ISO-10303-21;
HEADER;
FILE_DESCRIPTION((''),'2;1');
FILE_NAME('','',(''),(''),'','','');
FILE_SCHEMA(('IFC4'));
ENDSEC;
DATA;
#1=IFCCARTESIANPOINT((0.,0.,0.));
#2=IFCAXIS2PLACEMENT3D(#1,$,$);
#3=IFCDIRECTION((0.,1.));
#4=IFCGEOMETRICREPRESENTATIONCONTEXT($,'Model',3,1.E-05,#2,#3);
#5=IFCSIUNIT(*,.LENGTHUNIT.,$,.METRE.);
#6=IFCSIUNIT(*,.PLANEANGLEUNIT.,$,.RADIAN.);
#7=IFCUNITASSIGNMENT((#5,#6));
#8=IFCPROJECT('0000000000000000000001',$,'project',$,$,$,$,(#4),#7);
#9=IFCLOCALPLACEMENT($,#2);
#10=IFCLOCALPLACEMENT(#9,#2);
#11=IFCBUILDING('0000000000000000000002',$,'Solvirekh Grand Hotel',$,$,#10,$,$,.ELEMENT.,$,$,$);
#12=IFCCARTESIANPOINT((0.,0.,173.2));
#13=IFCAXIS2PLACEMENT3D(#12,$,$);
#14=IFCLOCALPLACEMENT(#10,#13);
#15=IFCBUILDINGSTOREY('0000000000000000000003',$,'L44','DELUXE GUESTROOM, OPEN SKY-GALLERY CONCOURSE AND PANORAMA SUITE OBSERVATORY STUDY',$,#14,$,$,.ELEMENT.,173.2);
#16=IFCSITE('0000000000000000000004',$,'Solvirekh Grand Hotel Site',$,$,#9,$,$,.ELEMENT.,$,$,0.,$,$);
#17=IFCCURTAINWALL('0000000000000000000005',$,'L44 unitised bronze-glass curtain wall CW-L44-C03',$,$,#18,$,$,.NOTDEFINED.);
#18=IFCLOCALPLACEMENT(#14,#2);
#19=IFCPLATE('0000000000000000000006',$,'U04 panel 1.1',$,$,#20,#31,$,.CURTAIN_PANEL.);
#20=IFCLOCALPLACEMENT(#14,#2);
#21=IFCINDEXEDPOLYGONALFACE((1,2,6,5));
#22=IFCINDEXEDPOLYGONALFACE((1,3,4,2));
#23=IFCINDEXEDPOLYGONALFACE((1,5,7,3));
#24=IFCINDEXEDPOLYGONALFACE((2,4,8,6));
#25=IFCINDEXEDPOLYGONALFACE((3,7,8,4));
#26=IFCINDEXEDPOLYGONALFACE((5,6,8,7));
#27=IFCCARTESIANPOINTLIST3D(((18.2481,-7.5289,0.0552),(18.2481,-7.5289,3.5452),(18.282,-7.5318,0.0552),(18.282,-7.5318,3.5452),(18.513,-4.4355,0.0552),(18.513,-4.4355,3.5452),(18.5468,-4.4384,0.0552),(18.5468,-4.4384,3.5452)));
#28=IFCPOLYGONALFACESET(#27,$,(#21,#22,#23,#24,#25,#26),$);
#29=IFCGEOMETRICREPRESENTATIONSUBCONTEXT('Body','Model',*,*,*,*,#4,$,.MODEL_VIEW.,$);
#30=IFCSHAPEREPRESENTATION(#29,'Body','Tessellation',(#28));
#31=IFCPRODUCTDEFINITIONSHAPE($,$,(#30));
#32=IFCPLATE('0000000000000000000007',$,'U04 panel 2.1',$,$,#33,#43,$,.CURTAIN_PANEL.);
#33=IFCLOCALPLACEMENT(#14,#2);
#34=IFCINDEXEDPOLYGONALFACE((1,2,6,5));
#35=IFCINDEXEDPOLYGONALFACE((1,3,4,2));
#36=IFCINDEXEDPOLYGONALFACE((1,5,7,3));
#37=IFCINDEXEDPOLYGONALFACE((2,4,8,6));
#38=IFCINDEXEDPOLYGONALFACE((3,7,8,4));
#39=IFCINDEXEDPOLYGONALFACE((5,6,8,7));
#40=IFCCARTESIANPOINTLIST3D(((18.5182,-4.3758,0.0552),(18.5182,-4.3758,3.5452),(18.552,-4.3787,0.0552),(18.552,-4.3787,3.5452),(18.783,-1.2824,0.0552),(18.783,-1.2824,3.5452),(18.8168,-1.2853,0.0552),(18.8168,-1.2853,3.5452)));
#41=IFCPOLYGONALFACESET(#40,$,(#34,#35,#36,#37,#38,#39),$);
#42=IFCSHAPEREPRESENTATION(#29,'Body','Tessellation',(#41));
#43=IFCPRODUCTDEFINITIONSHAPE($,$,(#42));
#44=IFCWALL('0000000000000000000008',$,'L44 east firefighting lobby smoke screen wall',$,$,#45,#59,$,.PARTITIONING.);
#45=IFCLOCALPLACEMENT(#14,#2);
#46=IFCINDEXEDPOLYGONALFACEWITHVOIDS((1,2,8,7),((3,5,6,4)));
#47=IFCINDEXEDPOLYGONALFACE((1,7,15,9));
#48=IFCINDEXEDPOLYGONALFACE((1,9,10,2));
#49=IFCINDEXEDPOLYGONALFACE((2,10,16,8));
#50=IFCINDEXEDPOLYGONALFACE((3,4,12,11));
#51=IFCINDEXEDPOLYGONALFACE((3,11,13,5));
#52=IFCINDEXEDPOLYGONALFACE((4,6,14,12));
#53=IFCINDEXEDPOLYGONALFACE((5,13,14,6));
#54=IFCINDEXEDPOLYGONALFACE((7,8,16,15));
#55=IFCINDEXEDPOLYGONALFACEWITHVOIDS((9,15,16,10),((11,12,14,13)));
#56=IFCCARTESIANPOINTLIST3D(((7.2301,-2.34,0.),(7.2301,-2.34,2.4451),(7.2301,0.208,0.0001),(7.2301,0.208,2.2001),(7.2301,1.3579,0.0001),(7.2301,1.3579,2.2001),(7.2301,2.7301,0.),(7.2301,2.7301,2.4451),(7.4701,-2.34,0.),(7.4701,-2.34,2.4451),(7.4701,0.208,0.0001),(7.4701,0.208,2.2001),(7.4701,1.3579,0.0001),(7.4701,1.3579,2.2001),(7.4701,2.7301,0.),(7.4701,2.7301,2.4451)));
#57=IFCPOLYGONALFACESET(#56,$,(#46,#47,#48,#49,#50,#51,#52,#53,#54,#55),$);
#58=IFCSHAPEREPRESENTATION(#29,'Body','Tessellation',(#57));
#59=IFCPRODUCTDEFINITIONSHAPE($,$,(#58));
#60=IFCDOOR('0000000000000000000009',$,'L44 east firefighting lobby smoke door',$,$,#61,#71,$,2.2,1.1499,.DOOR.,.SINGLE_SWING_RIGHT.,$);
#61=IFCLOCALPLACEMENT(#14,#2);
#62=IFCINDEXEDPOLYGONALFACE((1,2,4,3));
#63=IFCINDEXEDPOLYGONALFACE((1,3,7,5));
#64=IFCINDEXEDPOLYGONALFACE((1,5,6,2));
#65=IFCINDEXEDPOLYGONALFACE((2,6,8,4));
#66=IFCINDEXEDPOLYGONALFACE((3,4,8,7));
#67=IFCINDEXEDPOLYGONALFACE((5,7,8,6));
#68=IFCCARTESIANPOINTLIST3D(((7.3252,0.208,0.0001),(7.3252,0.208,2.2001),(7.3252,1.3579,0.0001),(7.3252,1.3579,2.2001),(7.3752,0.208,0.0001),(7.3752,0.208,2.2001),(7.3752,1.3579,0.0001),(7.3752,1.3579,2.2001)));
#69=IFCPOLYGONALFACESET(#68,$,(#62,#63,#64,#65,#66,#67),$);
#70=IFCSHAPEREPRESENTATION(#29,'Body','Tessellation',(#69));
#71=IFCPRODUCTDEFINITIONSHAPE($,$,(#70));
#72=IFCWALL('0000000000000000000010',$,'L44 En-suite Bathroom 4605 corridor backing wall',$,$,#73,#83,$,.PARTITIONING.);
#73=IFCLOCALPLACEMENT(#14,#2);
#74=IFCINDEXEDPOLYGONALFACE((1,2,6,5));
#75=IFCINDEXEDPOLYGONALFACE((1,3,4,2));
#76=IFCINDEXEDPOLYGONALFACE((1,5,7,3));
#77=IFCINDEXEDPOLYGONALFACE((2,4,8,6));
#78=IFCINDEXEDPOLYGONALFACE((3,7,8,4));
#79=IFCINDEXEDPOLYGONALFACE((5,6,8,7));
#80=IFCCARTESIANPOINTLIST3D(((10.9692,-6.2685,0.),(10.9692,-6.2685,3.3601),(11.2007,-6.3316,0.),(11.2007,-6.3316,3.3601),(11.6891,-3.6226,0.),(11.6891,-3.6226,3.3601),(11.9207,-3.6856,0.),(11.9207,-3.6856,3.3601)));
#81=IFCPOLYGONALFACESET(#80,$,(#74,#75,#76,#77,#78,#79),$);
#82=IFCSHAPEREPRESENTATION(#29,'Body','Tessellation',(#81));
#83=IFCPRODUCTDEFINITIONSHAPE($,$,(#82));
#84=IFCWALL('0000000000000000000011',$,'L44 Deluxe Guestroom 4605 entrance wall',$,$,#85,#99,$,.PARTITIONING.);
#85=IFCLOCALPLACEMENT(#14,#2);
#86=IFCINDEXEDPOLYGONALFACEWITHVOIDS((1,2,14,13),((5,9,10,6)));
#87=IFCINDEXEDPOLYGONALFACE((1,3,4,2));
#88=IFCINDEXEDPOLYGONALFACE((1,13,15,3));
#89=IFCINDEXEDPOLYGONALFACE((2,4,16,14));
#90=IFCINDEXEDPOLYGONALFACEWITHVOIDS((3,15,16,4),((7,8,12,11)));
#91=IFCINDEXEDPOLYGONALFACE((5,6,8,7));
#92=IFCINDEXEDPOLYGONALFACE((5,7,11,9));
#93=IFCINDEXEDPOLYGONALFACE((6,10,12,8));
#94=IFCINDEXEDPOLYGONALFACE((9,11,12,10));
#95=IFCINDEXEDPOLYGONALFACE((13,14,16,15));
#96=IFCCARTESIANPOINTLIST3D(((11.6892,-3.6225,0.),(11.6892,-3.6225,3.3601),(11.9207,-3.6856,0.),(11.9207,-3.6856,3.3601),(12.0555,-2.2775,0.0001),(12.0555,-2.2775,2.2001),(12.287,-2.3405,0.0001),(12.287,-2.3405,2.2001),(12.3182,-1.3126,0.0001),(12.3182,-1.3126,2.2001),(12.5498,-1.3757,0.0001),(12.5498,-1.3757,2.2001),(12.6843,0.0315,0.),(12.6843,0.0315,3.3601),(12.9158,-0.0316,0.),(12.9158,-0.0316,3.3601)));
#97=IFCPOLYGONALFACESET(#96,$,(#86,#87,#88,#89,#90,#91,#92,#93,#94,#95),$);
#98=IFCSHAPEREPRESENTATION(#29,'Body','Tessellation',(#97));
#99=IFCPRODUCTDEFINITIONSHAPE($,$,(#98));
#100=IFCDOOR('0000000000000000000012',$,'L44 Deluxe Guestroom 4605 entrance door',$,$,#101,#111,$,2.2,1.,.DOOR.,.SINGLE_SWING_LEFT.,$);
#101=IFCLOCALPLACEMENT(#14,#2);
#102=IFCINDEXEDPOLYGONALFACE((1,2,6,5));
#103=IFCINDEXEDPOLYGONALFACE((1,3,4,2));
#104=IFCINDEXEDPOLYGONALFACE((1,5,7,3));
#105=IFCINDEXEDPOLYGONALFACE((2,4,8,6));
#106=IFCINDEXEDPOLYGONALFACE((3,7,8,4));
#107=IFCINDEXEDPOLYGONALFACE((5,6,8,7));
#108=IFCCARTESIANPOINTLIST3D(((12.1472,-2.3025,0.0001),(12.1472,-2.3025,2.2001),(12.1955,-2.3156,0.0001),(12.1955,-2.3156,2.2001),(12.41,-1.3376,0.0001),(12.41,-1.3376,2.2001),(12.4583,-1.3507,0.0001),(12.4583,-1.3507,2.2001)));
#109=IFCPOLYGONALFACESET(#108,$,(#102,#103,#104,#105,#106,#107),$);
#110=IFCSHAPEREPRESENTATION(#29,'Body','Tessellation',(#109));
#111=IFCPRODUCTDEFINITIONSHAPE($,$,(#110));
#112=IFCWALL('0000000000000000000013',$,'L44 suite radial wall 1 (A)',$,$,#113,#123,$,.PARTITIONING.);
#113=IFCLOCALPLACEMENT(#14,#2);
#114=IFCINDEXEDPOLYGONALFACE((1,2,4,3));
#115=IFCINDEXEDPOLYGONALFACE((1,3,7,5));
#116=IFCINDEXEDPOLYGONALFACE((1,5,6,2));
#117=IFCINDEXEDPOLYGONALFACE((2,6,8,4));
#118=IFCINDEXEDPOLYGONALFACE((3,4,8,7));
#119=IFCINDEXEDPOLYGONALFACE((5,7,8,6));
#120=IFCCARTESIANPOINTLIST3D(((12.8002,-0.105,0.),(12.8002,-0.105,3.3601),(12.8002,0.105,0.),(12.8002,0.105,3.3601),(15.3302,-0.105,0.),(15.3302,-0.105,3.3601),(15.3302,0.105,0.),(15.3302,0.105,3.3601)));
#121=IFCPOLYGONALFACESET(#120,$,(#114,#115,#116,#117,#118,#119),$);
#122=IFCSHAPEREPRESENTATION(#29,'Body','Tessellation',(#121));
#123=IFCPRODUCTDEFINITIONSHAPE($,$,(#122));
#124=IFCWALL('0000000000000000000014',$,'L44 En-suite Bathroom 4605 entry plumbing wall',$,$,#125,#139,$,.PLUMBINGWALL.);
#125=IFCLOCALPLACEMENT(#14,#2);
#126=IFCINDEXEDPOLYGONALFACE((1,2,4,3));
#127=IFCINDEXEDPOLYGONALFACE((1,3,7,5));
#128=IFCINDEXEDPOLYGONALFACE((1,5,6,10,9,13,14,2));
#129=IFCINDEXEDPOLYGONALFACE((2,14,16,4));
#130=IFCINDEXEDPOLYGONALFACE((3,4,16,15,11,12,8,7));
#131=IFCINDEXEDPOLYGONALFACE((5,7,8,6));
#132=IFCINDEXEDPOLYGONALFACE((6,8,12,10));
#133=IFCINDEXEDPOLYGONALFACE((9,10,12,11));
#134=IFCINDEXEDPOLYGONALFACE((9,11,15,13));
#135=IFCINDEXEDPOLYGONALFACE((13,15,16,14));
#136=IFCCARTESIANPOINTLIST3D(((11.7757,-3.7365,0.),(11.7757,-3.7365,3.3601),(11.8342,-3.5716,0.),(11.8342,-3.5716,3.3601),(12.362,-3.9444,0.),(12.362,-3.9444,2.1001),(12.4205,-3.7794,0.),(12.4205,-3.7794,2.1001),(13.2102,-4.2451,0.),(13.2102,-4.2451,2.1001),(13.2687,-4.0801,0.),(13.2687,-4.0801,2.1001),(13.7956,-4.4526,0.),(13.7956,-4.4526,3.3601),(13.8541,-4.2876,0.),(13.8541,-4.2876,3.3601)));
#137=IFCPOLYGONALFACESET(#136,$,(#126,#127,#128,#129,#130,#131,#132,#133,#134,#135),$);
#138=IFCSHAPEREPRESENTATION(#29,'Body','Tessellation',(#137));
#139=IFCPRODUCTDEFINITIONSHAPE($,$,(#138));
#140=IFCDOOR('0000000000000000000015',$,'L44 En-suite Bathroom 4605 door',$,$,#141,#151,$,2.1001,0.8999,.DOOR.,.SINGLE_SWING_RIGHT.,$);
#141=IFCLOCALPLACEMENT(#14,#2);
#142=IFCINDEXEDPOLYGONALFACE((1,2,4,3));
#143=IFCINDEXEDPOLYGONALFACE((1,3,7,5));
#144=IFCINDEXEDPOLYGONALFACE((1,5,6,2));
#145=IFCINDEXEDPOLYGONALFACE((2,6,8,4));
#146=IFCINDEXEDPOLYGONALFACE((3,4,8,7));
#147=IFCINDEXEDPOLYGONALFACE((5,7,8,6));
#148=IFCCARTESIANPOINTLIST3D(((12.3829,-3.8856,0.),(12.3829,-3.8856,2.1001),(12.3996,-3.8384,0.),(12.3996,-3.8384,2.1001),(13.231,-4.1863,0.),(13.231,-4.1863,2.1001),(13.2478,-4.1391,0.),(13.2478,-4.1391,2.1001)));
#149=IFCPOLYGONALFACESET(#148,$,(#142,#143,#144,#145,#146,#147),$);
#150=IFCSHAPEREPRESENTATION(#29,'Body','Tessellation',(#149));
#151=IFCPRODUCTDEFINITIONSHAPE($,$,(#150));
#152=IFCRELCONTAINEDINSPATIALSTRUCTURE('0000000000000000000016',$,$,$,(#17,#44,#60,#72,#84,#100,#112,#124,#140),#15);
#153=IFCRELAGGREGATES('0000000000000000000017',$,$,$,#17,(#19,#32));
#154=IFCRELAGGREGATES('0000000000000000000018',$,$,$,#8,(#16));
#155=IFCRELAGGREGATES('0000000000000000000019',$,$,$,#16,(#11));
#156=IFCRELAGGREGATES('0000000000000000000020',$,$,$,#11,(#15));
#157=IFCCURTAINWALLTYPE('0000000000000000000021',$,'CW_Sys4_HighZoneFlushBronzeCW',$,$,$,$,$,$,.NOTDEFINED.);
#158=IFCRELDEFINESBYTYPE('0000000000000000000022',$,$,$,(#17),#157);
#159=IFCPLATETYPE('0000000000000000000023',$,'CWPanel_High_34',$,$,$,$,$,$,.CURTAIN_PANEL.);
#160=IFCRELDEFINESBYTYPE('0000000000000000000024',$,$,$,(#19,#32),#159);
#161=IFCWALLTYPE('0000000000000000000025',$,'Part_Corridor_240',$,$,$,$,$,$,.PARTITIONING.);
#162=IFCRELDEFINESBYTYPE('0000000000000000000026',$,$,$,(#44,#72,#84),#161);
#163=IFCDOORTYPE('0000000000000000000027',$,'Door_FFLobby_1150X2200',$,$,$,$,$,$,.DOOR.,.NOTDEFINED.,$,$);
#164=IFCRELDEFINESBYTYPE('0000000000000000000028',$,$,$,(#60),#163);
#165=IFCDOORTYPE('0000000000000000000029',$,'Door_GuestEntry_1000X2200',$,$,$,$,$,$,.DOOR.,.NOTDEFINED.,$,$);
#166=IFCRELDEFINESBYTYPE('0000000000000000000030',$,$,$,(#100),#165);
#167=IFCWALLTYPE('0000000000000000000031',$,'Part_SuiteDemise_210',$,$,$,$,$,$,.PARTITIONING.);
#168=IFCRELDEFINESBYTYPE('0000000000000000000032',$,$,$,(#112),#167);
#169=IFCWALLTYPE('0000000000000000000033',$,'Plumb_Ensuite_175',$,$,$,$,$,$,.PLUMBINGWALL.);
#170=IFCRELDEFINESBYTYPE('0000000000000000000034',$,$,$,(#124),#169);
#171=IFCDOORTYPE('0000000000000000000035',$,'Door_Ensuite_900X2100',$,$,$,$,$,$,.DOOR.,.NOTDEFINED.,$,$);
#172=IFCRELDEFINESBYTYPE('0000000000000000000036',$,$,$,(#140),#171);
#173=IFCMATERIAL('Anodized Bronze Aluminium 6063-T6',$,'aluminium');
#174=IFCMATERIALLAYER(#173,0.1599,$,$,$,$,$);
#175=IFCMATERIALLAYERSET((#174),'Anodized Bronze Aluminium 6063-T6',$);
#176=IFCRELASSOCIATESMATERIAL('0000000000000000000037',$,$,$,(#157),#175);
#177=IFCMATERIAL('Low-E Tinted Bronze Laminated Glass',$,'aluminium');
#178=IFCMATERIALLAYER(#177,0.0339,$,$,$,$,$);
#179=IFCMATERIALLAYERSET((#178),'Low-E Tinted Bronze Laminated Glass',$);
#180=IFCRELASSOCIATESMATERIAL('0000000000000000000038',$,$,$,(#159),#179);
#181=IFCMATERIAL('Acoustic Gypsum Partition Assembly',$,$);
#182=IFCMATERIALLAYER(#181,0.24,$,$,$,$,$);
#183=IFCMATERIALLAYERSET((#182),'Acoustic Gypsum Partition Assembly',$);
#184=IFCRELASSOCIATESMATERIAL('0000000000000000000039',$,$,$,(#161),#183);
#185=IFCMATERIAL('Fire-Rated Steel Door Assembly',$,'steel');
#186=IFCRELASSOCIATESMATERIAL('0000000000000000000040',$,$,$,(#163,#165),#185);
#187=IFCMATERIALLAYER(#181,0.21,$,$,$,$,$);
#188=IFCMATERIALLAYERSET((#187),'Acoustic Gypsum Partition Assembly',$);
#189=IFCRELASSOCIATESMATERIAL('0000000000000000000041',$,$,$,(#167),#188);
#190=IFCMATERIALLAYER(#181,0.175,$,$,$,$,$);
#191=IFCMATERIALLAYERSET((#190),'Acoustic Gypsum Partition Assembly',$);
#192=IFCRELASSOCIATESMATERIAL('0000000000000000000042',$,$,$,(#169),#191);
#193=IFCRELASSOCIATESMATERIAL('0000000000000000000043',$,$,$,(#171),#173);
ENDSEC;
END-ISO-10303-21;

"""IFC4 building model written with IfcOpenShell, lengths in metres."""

from ifc_helpers import new_model, si_unit, direction, frame, frame_2d, origin, origin_2d, place, context, subcontext, project, spatial, rectangle, extrude, source, transform, mapped, material, layer, layer_set, type_object, element, fill, aggregate, save


model = new_model("IFC4")

# Units and contexts
model_context = context("Model", 3, precision=1e-05, world=origin(), true_north=direction((0.0, 1.0)))
body_context = subcontext(model_context, "Body", "Model", "MODEL_VIEW")
ifc_project = project(units=[si_unit("LENGTHUNIT", "METRE"), si_unit("PLANEANGLEUNIT", "RADIAN")], contexts=[model_context])

# Site, building, storey
site_placement = place(None, origin())
site = spatial("IfcSite", under=ifc_project, at=site_placement, Name="Solvirekh Grand Hotel Site", CompositionType="ELEMENT", RefElevation=0.0)
building_placement = place(site_placement, origin())
building = spatial("IfcBuilding", under=site, at=building_placement, Name="Solvirekh Grand Hotel", CompositionType="ELEMENT")
storey_placement = place(building_placement, frame((0.0, 0.0, 173.2)))
storey = spatial("IfcBuildingStorey", under=building, at=storey_placement, Name="L44", Description="DELUXE GUESTROOM, OPEN SKY-GALLERY CONCOURSE AND PANORAMA SUITE OBSERVATORY STUDY", CompositionType="ELEMENT", Elevation=173.2)

# Curtain wall, plates
ifc_material_1 = material(Name="Anodized Bronze Aluminium 6063-T6", Category="aluminium")
ifc_layer_1 = layer(ifc_material_1, 0.1599)
ifc_layer_set_1 = layer_set([ifc_layer_1], Name="Anodized Bronze Aluminium 6063-T6")
curtain_wall_type = type_object("IfcCurtainWallType", Name="CW_Sys4_HighZoneFlushBronzeCW", PredefinedType="NOTDEFINED", material=ifc_layer_set_1)
curtain_wall_placement = place(storey_placement, origin())
curtain_wall = element("IfcCurtainWall", 1, at=curtain_wall_placement, inside=storey, type_object=curtain_wall_type, Name="L44 unitised bronze-glass curtain wall CW-L44-C03", PredefinedType="NOTDEFINED")
ifc_material_2 = material(Name="Low-E Tinted Bronze Laminated Glass", Category="aluminium")
ifc_layer_2 = layer(ifc_material_2, 0.0339)
ifc_layer_set_2 = layer_set([ifc_layer_2], Name="Low-E Tinted Bronze Laminated Glass")
plate_type = type_object("IfcPlateType", Name="CWPanel_High_34", PredefinedType="CURTAIN_PANEL", material=ifc_layer_set_2)
shared_shape_1 = source(origin(), body_context, "Body", "SweptSolid", [
    extrude(rectangle(XDim=3.1047, YDim=0.0339, at=origin_2d()), origin(), (0.0, 0.0, 1.0), 3.49),
])
plate_1_placement = place(storey_placement, frame((18.3975, -5.9836, 0.0552), z_axis=(0.0, 0.0, 1.0), x_axis=(0.085299, 0.996355, 0.0)))
plate_1 = element("IfcPlate", 2, at=plate_1_placement, type_object=plate_type, Name="U04 panel 1.1", PredefinedType="CURTAIN_PANEL", context=body_context, shape_type="MappedRepresentation", body=[
    mapped(shared_shape_1, transform((0.0, 0.0, 0.0), x_axis=(1.0, 0.0, 0.0), y_axis=(0.0, 1.0, 0.0), z_axis=(0.0, 0.0, 1.0), scale=1.0)),
])
plate_2_placement = place(storey_placement, frame((18.6675, -2.8306, 0.0552), z_axis=(0.0, 0.0, 1.0), x_axis=(0.085299, 0.996355, 0.0)))
plate_2 = element("IfcPlate", 3, at=plate_2_placement, type_object=plate_type, Name="U04 panel 2.1", PredefinedType="CURTAIN_PANEL", context=body_context, shape_type="MappedRepresentation", body=[
    mapped(shared_shape_1, transform((0.0, 0.0, 0.0), x_axis=(1.0, 0.0, 0.0), y_axis=(0.0, 1.0, 0.0), z_axis=(0.0, 0.0, 1.0), scale=1.0)),
])
aggregate(curtain_wall, [plate_1, plate_2])

# Wall, opening, door
ifc_material_3 = material(Name="Acoustic Gypsum Partition Assembly")
ifc_layer_3 = layer(ifc_material_3, 0.24)
ifc_layer_set_3 = layer_set([ifc_layer_3], Name="Acoustic Gypsum Partition Assembly")
wall_type_1 = type_object("IfcWallType", Name="Part_Corridor_240", PredefinedType="PARTITIONING", material=ifc_layer_set_3)
wall_1_placement = place(storey_placement, frame((7.3501, -2.3401, 0.0), z_axis=(0.0, 0.0, 1.0), x_axis=(0.0, 1.0, 0.0)))
wall_1 = element("IfcWall", 4, at=wall_1_placement, inside=storey, type_object=wall_type_1, Name="L44 east firefighting lobby smoke screen wall", PredefinedType="PARTITIONING", context=body_context, shape_type="SweptSolid", body=[
    extrude(rectangle(XDim=5.0701, YDim=0.24, at=frame_2d((2.5352, 0.0))), origin(), (0.0, 0.0, 1.0), 2.4451),
])
opening_1_placement = place(wall_1_placement, frame((2.5481, 0.0, 0.0)))
opening_1 = element("IfcOpeningElement", 5, at=opening_1_placement, cuts=wall_1, PredefinedType="OPENING", context=body_context, shape_type="SweptSolid", body=[
    extrude(rectangle(XDim=1.1499, YDim=2.2, at=frame_2d((0.575, 1.1001))), frame((0.0, 0.1299, 0.0), z_axis=(0.0, -1.0, 0.0), x_axis=(1.0, 0.0, 0.0)), (0.0, 0.0, 1.0), 0.26),
])
ifc_material_4 = material(Name="Fire-Rated Steel Door Assembly", Category="steel")
door_type_1 = type_object("IfcDoorType", Name="Door_FFLobby_1150X2200", OperationType="NOTDEFINED", PredefinedType="DOOR", material=ifc_material_4)
door_1_placement = place(opening_1_placement, origin())
door_1 = element("IfcDoor", 6, at=door_1_placement, inside=storey, type_object=door_type_1, Name="L44 east firefighting lobby smoke door", OperationType="SINGLE_SWING_RIGHT", OverallHeight=2.2, OverallWidth=1.1499, PredefinedType="DOOR", context=body_context, shape_type="SweptSolid", body=[
    extrude(rectangle(XDim=1.1499, YDim=2.2, at=frame_2d((0.575, 1.1001))), frame((0.0, 0.0249, 0.0), z_axis=(0.0, -1.0, 0.0), x_axis=(1.0, 0.0, 0.0)), (0.0, 0.0, 1.0), 0.05),
])
fill(opening_1, door_1)

# Wall
wall_2_placement = place(storey_placement, frame((11.085, -6.3, 0.0), z_axis=(0.0, 0.0, 1.0), x_axis=(0.262552, 0.964918, 0.0)))
element("IfcWall", 7, at=wall_2_placement, inside=storey, type_object=wall_type_1, Name="L44 En-suite Bathroom 4605 corridor backing wall", PredefinedType="PARTITIONING", context=body_context, shape_type="SweptSolid", body=[
    extrude(rectangle(XDim=2.7422, YDim=0.24, at=frame_2d((1.3711, 0.0))), origin(), (0.0, 0.0, 1.0), 3.3601),
])

# Wall, opening, door
wall_3_placement = place(storey_placement, frame((11.8049, -3.6541, 0.0), z_axis=(0.0, 0.0, 1.0), x_axis=(0.262763, 0.96486, 0.0)))
wall_3 = element("IfcWall", 8, at=wall_3_placement, inside=storey, type_object=wall_type_1, Name="L44 Deluxe Guestroom 4605 entrance wall", PredefinedType="PARTITIONING", context=body_context, shape_type="SweptSolid", body=[
    extrude(rectangle(XDim=3.7871, YDim=0.24, at=frame_2d((1.8936, 0.0))), origin(), (0.0, 0.0, 1.0), 3.3601),
])
opening_2_placement = place(wall_3_placement, frame((1.394, 0.0, 0.0)))
opening_2 = element("IfcOpeningElement", 9, at=opening_2_placement, cuts=wall_3, PredefinedType="OPENING", context=body_context, shape_type="SweptSolid", body=[
    extrude(rectangle(XDim=1.0, YDim=2.2, at=frame_2d((0.5, 1.1001))), frame((0.0, 0.1299, 0.0), z_axis=(0.0, -1.0, 0.0), x_axis=(1.0, 0.0, 0.0)), (0.0, 0.0, 1.0), 0.26),
])
door_type_2 = type_object("IfcDoorType", Name="Door_GuestEntry_1000X2200", OperationType="NOTDEFINED", PredefinedType="DOOR", material=ifc_material_4)
door_2_placement = place(opening_2_placement, origin())
door_2 = element("IfcDoor", 10, at=door_2_placement, inside=storey, type_object=door_type_2, Name="L44 Deluxe Guestroom 4605 entrance door", OperationType="SINGLE_SWING_LEFT", OverallHeight=2.2, OverallWidth=1.0, PredefinedType="DOOR", context=body_context, shape_type="SweptSolid", body=[
    extrude(rectangle(XDim=1.0, YDim=2.2, at=frame_2d((0.5, 1.1001))), frame((0.0, 0.0249, 0.0), z_axis=(0.0, -1.0, 0.0), x_axis=(1.0, 0.0, 0.0)), (0.0, 0.0, 1.0), 0.05),
])
fill(opening_2, door_2)

# Wall
ifc_layer_4 = layer(ifc_material_3, 0.21)
ifc_layer_set_4 = layer_set([ifc_layer_4], Name="Acoustic Gypsum Partition Assembly")
wall_type_2 = type_object("IfcWallType", Name="Part_SuiteDemise_210", PredefinedType="PARTITIONING", material=ifc_layer_set_4)
wall_4_placement = place(storey_placement, frame((12.8, 0.0, 0.0), z_axis=(0.0, 0.0, 1.0), x_axis=(1.0, 0.0, 0.0)))
element("IfcWall", 11, at=wall_4_placement, inside=storey, type_object=wall_type_2, Name="L44 suite radial wall 1 (A)", PredefinedType="PARTITIONING", context=body_context, shape_type="SweptSolid", body=[
    extrude(rectangle(XDim=2.53, YDim=0.21, at=frame_2d((1.2651, 0.0))), origin(), (0.0, 0.0, 1.0), 3.3601),
])

# Wall, opening, door
ifc_layer_5 = layer(ifc_material_3, 0.175)
ifc_layer_set_5 = layer_set([ifc_layer_5], Name="Acoustic Gypsum Partition Assembly")
wall_type_3 = type_object("IfcWallType", Name="Plumb_Ensuite_175", PredefinedType="PLUMBINGWALL", material=ifc_layer_set_5)
wall_5_placement = place(storey_placement, frame((11.8049, -3.6541, 0.0), z_axis=(0.0, 0.0, 1.0), x_axis=(0.942533, -0.334113, 0.0)))
wall_5 = element("IfcWall", 12, at=wall_5_placement, inside=storey, type_object=wall_type_3, Name="L44 En-suite Bathroom 4605 entry plumbing wall", PredefinedType="PLUMBINGWALL", context=body_context, shape_type="SweptSolid", body=[
    extrude(rectangle(XDim=2.1431, YDim=0.175, at=frame_2d((1.0715, 0.0))), origin(), (0.0, 0.0, 1.0), 3.3601),
])
opening_3_placement = place(wall_5_placement, frame((0.6221, 0.0, 0.0)))
opening_3 = element("IfcOpeningElement", 13, at=opening_3_placement, cuts=wall_5, PredefinedType="OPENING", context=body_context, shape_type="SweptSolid", body=[
    extrude(rectangle(XDim=0.8999, YDim=2.1001, at=frame_2d((0.45, 1.05))), frame((0.0, 0.0977, 0.0), z_axis=(0.0, -1.0, 0.0), x_axis=(1.0, 0.0, 0.0)), (0.0, 0.0, 1.0), 0.1951),
])
door_type_3 = type_object("IfcDoorType", Name="Door_Ensuite_900X2100", OperationType="NOTDEFINED", PredefinedType="DOOR", material=ifc_material_1)
door_3_placement = place(opening_3_placement, origin())
door_3 = element("IfcDoor", 14, at=door_3_placement, inside=storey, type_object=door_type_3, Name="L44 En-suite Bathroom 4605 door", OperationType="SINGLE_SWING_RIGHT", OverallHeight=2.1001, OverallWidth=0.8999, PredefinedType="DOOR", context=body_context, shape_type="SweptSolid", body=[
    extrude(rectangle(XDim=0.8999, YDim=2.1001, at=frame_2d((0.45, 1.05))), frame((0.0, 0.0249, 0.0), z_axis=(0.0, -1.0, 0.0), x_axis=(1.0, 0.0, 0.0)), (0.0, 0.0, 1.0), 0.05),
])
fill(opening_3, door_3)

save(model, "model.ifc")
